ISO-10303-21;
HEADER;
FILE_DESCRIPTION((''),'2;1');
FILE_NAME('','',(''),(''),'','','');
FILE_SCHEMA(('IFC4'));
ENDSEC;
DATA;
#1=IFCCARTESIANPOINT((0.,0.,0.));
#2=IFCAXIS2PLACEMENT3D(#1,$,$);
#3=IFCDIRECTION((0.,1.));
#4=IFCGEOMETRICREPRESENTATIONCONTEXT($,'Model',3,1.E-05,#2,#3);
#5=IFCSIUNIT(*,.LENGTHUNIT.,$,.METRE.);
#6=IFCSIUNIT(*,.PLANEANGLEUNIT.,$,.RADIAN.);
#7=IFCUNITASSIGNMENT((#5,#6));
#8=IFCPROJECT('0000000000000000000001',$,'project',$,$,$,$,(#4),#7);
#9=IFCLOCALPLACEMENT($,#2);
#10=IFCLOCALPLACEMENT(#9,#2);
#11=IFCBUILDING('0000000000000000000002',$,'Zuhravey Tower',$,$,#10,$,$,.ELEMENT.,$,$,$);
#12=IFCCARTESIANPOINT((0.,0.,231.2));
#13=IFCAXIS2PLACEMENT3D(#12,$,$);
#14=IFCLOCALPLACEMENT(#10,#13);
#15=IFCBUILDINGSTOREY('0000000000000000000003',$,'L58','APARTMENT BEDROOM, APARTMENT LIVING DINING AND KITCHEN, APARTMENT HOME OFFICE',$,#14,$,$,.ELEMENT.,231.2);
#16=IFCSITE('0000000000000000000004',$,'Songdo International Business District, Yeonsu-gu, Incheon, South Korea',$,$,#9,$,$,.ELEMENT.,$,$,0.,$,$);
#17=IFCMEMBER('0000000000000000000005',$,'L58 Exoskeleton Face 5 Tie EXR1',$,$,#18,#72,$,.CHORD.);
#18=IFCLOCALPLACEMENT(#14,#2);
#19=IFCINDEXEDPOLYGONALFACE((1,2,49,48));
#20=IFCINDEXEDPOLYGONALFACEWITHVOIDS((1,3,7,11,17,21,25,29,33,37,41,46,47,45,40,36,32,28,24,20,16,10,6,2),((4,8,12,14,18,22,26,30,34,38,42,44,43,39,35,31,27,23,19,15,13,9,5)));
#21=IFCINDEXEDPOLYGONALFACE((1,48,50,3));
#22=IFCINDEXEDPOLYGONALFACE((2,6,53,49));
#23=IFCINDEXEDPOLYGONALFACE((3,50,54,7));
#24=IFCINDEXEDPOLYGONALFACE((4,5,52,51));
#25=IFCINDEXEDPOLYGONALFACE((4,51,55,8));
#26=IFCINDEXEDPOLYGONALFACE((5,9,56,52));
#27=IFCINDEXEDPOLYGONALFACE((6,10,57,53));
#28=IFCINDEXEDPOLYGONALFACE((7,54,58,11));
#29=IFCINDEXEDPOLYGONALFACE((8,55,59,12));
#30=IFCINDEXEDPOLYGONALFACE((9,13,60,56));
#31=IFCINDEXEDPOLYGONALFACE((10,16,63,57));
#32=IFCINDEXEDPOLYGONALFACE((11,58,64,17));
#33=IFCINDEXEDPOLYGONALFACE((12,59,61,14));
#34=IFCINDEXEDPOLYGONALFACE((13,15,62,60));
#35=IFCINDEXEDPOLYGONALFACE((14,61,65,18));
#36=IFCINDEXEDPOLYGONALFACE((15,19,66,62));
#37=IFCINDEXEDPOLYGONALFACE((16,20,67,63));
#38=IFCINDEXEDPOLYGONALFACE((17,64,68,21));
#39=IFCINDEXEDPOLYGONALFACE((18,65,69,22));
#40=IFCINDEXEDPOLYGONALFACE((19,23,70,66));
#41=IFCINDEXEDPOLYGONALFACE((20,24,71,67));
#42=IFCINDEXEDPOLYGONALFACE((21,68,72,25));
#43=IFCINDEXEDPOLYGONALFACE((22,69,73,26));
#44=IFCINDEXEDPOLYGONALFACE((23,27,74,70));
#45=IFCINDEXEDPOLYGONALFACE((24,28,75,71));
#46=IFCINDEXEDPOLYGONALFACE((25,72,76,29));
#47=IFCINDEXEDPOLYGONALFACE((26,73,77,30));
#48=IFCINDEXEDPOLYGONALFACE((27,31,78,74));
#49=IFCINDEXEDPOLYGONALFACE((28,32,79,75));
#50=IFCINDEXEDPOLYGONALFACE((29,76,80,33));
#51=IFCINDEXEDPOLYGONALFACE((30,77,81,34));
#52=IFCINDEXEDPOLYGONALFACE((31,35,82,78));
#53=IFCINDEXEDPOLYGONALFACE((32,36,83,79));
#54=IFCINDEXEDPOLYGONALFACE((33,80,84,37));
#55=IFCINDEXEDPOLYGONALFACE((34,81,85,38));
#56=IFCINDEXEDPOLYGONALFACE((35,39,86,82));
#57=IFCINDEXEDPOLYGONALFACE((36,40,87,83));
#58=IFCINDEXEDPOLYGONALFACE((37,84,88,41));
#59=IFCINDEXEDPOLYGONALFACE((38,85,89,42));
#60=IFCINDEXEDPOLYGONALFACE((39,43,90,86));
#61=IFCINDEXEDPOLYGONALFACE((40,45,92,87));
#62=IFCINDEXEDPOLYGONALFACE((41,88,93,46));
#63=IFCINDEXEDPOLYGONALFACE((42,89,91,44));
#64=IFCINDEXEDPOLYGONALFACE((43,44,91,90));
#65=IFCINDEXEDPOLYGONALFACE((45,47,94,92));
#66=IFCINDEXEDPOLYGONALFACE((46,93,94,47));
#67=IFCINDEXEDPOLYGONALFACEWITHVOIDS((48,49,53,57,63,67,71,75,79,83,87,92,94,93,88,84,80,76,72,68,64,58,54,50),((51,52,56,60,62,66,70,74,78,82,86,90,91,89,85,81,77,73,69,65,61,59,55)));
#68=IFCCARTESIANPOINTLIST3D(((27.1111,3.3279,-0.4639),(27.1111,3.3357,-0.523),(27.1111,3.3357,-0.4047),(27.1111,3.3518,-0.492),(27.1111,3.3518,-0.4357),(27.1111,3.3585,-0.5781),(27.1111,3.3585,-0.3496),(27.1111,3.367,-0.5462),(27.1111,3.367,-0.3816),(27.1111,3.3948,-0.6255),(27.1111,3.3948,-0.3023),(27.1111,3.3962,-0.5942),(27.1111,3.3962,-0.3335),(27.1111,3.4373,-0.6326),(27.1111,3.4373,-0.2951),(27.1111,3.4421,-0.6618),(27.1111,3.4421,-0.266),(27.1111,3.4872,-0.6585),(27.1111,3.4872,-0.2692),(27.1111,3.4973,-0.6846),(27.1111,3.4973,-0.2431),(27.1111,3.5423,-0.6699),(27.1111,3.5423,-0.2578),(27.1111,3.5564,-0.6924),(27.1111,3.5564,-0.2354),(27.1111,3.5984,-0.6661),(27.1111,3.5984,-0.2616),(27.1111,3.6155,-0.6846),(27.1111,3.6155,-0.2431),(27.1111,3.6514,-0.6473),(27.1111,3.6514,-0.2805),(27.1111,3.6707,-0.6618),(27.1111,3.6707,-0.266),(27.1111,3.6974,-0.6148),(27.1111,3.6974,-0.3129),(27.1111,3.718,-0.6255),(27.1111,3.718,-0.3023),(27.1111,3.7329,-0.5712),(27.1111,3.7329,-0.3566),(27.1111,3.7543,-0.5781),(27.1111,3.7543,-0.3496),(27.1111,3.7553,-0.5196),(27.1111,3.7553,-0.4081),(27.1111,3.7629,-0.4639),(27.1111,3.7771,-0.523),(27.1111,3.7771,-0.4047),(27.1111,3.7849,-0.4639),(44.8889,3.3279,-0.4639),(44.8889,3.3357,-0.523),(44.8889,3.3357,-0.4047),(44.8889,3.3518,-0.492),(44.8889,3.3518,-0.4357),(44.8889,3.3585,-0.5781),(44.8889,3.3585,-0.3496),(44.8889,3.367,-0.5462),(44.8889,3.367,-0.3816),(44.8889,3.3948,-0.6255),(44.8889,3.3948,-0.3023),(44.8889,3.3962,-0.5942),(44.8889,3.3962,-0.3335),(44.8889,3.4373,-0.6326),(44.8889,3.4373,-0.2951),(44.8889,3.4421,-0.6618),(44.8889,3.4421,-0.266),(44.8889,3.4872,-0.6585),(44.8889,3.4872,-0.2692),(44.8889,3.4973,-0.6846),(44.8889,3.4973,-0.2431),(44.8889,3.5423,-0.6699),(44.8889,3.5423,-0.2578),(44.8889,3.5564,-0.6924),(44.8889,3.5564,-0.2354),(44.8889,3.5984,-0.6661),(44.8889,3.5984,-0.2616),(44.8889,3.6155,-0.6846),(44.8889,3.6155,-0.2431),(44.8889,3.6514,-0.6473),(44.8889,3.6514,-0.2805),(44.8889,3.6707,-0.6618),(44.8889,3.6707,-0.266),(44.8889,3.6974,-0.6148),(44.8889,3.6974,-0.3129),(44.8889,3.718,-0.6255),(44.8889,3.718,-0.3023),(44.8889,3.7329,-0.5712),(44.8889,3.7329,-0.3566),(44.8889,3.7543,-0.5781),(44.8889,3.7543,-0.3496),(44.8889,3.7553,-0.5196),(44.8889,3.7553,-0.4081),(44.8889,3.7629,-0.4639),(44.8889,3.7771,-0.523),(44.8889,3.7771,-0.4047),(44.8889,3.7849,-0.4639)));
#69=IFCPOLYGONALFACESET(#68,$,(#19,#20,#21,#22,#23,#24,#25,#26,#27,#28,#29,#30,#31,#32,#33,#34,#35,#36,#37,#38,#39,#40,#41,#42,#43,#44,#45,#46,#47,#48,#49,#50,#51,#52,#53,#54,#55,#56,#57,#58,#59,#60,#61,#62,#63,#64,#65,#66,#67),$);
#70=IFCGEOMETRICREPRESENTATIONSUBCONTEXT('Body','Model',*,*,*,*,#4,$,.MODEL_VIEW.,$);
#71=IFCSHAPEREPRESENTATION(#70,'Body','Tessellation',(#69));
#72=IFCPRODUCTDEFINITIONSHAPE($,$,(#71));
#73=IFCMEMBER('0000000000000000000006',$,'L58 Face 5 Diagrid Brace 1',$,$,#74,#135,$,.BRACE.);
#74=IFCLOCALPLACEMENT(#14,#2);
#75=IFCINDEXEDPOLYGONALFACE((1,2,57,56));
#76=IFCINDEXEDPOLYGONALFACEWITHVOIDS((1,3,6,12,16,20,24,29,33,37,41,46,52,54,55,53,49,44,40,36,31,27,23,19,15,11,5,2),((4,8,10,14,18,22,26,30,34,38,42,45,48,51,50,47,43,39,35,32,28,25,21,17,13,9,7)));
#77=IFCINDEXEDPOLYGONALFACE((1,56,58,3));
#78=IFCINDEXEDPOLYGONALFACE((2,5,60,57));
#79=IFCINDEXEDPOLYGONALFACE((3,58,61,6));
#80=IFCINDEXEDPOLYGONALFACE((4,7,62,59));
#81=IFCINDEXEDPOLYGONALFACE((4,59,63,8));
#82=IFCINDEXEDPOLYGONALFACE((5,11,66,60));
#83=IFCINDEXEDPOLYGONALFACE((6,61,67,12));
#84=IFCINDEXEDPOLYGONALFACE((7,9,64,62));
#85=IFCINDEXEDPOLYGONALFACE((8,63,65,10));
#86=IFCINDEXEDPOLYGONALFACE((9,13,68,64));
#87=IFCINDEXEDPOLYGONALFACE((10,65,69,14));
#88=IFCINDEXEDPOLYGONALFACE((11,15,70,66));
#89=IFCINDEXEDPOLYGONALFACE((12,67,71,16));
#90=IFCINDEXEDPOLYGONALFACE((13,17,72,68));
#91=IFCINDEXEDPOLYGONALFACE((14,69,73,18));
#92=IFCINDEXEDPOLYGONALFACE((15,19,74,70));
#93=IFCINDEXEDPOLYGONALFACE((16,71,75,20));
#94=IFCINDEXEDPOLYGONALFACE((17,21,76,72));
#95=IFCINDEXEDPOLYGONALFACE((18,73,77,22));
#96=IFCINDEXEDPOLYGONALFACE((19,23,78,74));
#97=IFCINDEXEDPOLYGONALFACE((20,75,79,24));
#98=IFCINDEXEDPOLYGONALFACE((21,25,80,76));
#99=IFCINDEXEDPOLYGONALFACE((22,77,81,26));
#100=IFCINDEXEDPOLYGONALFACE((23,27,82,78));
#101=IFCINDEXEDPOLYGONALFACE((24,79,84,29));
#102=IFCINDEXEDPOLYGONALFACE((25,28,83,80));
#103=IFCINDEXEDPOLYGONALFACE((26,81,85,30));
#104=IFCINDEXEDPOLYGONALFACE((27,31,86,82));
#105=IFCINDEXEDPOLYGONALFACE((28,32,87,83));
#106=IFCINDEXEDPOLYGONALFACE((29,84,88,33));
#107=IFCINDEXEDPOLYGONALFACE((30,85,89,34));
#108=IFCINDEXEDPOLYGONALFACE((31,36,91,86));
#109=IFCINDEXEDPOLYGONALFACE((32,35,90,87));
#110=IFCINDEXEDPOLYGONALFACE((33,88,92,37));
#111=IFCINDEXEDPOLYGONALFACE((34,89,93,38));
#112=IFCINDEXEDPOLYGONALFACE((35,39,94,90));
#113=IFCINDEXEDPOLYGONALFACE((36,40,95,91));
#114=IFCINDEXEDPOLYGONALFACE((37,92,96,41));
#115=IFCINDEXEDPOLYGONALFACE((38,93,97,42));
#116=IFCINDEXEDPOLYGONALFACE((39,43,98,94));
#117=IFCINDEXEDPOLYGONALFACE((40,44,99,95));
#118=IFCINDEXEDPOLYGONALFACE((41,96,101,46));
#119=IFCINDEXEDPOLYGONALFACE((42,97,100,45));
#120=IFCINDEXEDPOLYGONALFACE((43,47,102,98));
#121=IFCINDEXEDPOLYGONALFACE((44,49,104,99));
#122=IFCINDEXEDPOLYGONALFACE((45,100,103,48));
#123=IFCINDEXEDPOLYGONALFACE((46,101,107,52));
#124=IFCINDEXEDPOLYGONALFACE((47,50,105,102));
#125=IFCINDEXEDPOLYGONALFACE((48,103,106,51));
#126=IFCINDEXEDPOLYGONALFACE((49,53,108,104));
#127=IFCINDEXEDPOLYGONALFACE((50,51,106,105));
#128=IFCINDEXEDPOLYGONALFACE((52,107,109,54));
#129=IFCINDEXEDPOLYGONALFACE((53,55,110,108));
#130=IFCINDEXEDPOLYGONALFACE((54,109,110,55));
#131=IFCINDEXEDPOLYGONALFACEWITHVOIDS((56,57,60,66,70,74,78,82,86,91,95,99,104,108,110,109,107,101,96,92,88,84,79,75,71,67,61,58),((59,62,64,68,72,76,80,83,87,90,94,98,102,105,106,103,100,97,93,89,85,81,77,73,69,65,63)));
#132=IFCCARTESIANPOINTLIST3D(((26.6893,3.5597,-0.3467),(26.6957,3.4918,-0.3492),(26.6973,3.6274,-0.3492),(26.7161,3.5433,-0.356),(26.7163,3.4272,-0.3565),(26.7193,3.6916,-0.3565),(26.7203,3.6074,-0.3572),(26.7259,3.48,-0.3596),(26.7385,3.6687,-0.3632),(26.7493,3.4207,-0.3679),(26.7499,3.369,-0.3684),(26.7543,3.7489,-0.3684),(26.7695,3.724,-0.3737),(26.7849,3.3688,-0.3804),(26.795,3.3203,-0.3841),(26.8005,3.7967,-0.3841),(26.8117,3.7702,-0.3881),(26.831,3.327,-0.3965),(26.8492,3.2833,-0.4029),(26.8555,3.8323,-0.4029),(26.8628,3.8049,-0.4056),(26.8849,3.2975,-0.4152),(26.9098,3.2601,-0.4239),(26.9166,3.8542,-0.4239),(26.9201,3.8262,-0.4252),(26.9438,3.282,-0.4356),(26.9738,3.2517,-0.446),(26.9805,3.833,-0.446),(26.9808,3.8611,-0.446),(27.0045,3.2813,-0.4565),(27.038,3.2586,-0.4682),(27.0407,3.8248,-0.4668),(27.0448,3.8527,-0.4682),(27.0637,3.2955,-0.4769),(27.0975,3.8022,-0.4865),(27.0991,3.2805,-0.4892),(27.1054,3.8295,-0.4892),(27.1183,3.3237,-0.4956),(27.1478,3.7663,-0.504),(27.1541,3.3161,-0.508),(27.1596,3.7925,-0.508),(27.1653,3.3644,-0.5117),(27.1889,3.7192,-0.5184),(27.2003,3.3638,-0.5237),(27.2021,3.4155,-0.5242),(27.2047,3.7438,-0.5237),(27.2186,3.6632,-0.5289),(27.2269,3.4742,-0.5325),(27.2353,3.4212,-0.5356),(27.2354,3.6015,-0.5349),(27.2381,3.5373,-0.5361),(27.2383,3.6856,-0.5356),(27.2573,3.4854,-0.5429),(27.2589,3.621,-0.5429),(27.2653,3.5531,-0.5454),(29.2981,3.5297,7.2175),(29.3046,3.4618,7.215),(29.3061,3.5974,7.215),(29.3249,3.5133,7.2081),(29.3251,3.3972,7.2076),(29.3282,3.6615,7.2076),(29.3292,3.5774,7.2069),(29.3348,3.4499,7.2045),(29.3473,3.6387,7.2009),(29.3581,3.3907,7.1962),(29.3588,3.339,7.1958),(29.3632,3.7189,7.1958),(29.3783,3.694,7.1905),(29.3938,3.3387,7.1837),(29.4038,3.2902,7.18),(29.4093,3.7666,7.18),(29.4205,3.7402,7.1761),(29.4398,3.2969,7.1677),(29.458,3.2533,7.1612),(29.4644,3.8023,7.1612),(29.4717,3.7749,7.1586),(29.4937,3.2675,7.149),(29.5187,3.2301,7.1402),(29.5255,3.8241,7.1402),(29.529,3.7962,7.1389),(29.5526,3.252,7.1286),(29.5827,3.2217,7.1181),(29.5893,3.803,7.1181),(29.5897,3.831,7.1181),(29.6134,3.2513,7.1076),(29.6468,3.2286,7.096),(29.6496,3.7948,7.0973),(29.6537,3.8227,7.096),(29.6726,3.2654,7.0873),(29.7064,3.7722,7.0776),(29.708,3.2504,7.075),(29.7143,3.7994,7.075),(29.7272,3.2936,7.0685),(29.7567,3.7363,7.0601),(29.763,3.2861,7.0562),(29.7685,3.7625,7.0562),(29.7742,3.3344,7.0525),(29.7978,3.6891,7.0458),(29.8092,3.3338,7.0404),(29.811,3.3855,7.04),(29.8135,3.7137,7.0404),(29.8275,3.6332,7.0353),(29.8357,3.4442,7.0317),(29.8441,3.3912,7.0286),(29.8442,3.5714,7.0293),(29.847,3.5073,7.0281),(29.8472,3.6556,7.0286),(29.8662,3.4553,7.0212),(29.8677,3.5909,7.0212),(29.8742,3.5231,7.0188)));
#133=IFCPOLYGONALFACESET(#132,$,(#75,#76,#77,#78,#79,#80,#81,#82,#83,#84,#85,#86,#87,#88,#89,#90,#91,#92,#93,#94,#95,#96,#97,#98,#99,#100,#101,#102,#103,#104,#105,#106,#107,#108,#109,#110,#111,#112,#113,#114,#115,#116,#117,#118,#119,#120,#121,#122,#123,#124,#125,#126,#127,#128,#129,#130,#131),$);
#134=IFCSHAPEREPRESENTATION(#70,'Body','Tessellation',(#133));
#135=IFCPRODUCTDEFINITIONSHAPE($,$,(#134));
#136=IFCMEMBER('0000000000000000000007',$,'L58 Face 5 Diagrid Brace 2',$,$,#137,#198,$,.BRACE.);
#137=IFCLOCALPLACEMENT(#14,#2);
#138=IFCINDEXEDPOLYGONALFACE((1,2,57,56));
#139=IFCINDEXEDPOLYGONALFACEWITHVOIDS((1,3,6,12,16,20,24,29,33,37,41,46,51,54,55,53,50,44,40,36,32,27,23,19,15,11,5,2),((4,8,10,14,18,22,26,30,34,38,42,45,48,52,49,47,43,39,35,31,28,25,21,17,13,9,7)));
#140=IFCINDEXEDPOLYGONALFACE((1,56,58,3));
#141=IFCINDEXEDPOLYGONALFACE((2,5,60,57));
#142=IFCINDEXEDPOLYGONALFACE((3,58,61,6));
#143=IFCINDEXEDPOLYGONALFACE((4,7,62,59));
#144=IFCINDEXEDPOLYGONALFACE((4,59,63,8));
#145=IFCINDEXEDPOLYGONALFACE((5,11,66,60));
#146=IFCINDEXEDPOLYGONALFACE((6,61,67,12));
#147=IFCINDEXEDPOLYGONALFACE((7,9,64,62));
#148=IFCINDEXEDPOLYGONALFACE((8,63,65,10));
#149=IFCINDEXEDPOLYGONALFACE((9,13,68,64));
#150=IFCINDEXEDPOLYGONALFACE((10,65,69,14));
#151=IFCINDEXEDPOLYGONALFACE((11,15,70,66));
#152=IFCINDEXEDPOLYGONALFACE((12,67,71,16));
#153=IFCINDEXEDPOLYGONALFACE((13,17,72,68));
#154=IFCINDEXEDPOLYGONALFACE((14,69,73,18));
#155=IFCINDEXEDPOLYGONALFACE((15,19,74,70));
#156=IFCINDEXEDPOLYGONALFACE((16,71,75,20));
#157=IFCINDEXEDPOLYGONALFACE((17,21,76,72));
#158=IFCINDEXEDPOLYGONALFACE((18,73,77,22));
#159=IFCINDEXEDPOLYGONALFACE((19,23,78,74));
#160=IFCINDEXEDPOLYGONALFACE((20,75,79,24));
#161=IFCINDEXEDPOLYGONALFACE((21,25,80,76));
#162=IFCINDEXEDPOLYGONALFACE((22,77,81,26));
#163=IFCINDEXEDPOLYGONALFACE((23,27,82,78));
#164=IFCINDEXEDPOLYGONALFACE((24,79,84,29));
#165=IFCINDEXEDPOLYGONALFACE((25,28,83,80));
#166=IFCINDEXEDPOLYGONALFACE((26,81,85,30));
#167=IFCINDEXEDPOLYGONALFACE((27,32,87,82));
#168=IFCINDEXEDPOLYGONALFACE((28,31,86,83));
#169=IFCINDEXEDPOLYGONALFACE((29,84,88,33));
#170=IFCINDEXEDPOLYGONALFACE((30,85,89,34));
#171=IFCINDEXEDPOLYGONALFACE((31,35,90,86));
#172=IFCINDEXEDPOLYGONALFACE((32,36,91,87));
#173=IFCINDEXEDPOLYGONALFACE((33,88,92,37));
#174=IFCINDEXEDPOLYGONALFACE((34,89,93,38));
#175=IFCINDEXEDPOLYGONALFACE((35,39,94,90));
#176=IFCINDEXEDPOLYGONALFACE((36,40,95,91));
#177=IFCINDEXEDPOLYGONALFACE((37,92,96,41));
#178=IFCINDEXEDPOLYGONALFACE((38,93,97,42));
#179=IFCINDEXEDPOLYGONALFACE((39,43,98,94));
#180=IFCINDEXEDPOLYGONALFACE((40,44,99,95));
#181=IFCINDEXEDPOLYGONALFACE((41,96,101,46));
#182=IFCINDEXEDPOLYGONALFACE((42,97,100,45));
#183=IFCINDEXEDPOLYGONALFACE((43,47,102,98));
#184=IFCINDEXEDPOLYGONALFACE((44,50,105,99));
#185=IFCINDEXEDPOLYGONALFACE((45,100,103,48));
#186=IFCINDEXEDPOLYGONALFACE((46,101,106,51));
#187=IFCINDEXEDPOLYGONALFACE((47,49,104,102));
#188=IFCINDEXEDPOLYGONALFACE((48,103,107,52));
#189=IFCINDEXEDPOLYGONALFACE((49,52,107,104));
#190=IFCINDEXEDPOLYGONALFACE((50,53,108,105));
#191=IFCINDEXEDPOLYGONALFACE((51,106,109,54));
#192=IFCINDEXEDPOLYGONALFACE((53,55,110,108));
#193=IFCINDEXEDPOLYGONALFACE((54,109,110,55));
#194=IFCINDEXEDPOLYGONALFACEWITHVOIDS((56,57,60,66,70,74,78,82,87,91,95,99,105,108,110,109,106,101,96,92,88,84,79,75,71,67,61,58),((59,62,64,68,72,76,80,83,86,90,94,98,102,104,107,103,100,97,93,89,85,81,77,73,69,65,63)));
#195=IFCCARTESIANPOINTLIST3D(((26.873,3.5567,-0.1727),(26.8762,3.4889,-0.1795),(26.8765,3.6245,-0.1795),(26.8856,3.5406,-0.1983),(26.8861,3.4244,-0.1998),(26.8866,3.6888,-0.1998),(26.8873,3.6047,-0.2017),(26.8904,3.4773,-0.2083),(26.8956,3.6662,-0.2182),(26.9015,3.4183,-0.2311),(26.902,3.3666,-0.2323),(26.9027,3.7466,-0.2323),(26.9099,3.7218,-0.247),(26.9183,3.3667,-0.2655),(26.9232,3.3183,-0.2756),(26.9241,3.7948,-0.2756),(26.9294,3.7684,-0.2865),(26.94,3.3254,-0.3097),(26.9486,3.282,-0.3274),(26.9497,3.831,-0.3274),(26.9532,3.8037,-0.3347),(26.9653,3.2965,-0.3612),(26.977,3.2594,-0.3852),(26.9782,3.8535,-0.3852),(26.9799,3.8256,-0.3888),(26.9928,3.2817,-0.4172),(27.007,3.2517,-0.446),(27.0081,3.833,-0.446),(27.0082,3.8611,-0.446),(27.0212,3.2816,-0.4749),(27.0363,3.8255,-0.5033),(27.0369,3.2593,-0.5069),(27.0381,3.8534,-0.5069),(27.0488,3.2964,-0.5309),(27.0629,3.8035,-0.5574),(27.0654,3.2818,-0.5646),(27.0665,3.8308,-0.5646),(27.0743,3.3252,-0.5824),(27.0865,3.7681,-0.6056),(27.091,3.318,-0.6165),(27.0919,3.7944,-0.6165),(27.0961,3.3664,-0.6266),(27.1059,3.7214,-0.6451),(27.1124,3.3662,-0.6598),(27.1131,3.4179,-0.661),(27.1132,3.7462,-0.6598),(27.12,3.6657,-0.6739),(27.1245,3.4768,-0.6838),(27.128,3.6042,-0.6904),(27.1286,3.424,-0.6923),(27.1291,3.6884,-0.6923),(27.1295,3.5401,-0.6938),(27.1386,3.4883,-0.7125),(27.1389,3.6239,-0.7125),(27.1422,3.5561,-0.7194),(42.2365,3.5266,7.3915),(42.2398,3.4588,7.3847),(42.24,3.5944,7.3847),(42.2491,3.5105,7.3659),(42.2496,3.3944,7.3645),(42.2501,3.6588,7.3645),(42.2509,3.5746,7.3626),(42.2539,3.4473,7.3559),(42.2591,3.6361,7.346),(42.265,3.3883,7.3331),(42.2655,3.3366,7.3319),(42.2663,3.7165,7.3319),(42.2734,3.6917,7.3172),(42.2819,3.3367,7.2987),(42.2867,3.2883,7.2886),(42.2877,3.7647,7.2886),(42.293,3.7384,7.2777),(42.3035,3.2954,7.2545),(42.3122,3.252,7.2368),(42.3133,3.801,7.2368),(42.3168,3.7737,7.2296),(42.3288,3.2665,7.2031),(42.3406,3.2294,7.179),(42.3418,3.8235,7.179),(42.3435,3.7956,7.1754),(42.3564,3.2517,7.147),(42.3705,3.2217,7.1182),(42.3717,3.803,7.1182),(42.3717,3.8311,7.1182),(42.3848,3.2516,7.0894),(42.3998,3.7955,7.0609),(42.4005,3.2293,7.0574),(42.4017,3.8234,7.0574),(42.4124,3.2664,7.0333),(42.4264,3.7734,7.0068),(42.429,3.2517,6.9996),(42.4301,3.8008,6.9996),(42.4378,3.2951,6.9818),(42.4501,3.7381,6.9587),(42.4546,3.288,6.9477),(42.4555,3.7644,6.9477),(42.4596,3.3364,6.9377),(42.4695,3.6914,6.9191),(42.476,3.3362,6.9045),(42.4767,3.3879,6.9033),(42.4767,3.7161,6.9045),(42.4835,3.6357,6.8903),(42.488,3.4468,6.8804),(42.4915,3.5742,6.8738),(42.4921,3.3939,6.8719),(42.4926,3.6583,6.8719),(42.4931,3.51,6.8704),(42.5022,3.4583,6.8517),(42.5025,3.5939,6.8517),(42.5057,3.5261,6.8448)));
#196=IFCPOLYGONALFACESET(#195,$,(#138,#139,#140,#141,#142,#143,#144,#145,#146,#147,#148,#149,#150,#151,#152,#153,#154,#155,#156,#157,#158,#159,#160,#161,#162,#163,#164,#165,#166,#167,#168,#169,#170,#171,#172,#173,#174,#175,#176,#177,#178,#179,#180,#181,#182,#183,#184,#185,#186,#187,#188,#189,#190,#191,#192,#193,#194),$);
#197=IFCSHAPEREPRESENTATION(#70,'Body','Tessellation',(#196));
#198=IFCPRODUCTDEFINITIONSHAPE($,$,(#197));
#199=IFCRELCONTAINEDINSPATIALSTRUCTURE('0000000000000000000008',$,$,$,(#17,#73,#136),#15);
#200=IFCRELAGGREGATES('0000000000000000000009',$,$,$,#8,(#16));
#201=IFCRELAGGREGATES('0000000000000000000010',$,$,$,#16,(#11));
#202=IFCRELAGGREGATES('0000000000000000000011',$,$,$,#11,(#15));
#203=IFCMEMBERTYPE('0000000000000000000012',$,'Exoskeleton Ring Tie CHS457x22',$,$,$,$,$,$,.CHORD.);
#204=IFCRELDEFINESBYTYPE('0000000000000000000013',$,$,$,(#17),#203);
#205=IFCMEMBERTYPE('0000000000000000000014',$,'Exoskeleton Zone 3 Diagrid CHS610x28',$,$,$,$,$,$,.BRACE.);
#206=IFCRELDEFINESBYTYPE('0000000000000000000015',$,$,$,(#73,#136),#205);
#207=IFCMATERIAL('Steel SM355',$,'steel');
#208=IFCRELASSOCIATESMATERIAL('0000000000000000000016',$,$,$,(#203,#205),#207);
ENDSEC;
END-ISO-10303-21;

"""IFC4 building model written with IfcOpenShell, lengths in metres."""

from ifc_helpers import new_model, si_unit, direction, frame, origin, origin_2d, place, context, subcontext, project, spatial, hollow_circle, extrude, material, material_profile, profile_set, type_object, element, save


model = new_model("IFC4")

# Units and contexts
model_context = context("Model", 3, precision=1e-05, world=origin(), true_north=direction((0.0, 1.0)))
body_context = subcontext(model_context, "Body", "Model", "MODEL_VIEW")
ifc_project = project(units=[si_unit("LENGTHUNIT", "METRE"), si_unit("PLANEANGLEUNIT", "RADIAN")], contexts=[model_context])

# Site, building, storey
site_placement = place(None, origin())
site = spatial("IfcSite", under=ifc_project, at=site_placement, Name="Songdo International Business District, Yeonsu-gu, Incheon, South Korea", CompositionType="ELEMENT", RefElevation=0.0)
building_placement = place(site_placement, origin())
building = spatial("IfcBuilding", under=site, at=building_placement, Name="Zuhravey Tower", CompositionType="ELEMENT")
storey_placement = place(building_placement, frame((0.0, 0.0, 231.2)))
storey = spatial("IfcBuildingStorey", under=building, at=storey_placement, Name="L58", Description="APARTMENT BEDROOM, APARTMENT LIVING DINING AND KITCHEN, APARTMENT HOME OFFICE", CompositionType="ELEMENT", Elevation=231.2)

# Members
ifc_material_1 = material(Name="Steel SM355", Category="steel")
ifc_material_profile_1 = material_profile(ifc_material_1, hollow_circle(Radius=0.2285, WallThickness=0.022, at=origin_2d()), Name="CHS-457.2x22")
ifc_profile_set_1 = profile_set([ifc_material_profile_1], Name="Steel SM355")
member_type_1 = type_object("IfcMemberType", Name="Exoskeleton Ring Tie CHS457x22", PredefinedType="CHORD", material=ifc_profile_set_1)
member_1_placement = place(storey_placement, frame((27.1111, 3.5564, -0.4639), z_axis=(1.0, 0.0, 0.0), x_axis=(0.0, 1.0, 0.0)))
element("IfcMember", 1, at=member_1_placement, inside=storey, type_object=member_type_1, Name="L58 Exoskeleton Face 5 Tie EXR1", PredefinedType="CHORD", context=body_context, shape_type="SweptSolid", body=[
    extrude(hollow_circle(Radius=0.2285, WallThickness=0.022, at=origin_2d()), origin(), (0.0, 0.0, 1.0), 17.7778),
])
ifc_material_profile_2 = material_profile(ifc_material_1, hollow_circle(Radius=0.3047, WallThickness=0.0281, at=origin_2d()), Name="CHS-609.6x28")
ifc_profile_set_2 = profile_set([ifc_material_profile_2], Name="Steel SM355")
member_type_2 = type_object("IfcMemberType", Name="Exoskeleton Zone 3 Diagrid CHS610x28", PredefinedType="BRACE", material=ifc_profile_set_2)
member_2_placement = place(storey_placement, frame((26.9773, 3.5564, -0.446), z_axis=(0.326049, -0.003753, 0.945346), x_axis=(0.01151, 0.999934, 0.0)))
element("IfcMember", 2, at=member_2_placement, inside=storey, type_object=member_type_2, Name="L58 Face 5 Diagrid Brace 1", PredefinedType="BRACE", context=body_context, shape_type="SweptSolid", body=[
    extrude(hollow_circle(Radius=0.3047, WallThickness=0.0281, at=origin_2d()), origin(), (0.0, 0.0, 1.0), 8.0015),
])
member_3_placement = place(storey_placement, frame((27.0076, 3.5564, -0.446), z_axis=(0.897155, -0.001754, 0.441713), x_axis=(0.001955, 0.999998, 0.0)))
element("IfcMember", 3, at=member_3_placement, inside=storey, type_object=member_type_2, Name="L58 Face 5 Diagrid Brace 2", PredefinedType="BRACE", context=body_context, shape_type="SweptSolid", body=[
    extrude(hollow_circle(Radius=0.3047, WallThickness=0.0281, at=origin_2d()), origin(), (0.0, 0.0, 1.0), 17.1248),
])

save(model, "model.ifc")
